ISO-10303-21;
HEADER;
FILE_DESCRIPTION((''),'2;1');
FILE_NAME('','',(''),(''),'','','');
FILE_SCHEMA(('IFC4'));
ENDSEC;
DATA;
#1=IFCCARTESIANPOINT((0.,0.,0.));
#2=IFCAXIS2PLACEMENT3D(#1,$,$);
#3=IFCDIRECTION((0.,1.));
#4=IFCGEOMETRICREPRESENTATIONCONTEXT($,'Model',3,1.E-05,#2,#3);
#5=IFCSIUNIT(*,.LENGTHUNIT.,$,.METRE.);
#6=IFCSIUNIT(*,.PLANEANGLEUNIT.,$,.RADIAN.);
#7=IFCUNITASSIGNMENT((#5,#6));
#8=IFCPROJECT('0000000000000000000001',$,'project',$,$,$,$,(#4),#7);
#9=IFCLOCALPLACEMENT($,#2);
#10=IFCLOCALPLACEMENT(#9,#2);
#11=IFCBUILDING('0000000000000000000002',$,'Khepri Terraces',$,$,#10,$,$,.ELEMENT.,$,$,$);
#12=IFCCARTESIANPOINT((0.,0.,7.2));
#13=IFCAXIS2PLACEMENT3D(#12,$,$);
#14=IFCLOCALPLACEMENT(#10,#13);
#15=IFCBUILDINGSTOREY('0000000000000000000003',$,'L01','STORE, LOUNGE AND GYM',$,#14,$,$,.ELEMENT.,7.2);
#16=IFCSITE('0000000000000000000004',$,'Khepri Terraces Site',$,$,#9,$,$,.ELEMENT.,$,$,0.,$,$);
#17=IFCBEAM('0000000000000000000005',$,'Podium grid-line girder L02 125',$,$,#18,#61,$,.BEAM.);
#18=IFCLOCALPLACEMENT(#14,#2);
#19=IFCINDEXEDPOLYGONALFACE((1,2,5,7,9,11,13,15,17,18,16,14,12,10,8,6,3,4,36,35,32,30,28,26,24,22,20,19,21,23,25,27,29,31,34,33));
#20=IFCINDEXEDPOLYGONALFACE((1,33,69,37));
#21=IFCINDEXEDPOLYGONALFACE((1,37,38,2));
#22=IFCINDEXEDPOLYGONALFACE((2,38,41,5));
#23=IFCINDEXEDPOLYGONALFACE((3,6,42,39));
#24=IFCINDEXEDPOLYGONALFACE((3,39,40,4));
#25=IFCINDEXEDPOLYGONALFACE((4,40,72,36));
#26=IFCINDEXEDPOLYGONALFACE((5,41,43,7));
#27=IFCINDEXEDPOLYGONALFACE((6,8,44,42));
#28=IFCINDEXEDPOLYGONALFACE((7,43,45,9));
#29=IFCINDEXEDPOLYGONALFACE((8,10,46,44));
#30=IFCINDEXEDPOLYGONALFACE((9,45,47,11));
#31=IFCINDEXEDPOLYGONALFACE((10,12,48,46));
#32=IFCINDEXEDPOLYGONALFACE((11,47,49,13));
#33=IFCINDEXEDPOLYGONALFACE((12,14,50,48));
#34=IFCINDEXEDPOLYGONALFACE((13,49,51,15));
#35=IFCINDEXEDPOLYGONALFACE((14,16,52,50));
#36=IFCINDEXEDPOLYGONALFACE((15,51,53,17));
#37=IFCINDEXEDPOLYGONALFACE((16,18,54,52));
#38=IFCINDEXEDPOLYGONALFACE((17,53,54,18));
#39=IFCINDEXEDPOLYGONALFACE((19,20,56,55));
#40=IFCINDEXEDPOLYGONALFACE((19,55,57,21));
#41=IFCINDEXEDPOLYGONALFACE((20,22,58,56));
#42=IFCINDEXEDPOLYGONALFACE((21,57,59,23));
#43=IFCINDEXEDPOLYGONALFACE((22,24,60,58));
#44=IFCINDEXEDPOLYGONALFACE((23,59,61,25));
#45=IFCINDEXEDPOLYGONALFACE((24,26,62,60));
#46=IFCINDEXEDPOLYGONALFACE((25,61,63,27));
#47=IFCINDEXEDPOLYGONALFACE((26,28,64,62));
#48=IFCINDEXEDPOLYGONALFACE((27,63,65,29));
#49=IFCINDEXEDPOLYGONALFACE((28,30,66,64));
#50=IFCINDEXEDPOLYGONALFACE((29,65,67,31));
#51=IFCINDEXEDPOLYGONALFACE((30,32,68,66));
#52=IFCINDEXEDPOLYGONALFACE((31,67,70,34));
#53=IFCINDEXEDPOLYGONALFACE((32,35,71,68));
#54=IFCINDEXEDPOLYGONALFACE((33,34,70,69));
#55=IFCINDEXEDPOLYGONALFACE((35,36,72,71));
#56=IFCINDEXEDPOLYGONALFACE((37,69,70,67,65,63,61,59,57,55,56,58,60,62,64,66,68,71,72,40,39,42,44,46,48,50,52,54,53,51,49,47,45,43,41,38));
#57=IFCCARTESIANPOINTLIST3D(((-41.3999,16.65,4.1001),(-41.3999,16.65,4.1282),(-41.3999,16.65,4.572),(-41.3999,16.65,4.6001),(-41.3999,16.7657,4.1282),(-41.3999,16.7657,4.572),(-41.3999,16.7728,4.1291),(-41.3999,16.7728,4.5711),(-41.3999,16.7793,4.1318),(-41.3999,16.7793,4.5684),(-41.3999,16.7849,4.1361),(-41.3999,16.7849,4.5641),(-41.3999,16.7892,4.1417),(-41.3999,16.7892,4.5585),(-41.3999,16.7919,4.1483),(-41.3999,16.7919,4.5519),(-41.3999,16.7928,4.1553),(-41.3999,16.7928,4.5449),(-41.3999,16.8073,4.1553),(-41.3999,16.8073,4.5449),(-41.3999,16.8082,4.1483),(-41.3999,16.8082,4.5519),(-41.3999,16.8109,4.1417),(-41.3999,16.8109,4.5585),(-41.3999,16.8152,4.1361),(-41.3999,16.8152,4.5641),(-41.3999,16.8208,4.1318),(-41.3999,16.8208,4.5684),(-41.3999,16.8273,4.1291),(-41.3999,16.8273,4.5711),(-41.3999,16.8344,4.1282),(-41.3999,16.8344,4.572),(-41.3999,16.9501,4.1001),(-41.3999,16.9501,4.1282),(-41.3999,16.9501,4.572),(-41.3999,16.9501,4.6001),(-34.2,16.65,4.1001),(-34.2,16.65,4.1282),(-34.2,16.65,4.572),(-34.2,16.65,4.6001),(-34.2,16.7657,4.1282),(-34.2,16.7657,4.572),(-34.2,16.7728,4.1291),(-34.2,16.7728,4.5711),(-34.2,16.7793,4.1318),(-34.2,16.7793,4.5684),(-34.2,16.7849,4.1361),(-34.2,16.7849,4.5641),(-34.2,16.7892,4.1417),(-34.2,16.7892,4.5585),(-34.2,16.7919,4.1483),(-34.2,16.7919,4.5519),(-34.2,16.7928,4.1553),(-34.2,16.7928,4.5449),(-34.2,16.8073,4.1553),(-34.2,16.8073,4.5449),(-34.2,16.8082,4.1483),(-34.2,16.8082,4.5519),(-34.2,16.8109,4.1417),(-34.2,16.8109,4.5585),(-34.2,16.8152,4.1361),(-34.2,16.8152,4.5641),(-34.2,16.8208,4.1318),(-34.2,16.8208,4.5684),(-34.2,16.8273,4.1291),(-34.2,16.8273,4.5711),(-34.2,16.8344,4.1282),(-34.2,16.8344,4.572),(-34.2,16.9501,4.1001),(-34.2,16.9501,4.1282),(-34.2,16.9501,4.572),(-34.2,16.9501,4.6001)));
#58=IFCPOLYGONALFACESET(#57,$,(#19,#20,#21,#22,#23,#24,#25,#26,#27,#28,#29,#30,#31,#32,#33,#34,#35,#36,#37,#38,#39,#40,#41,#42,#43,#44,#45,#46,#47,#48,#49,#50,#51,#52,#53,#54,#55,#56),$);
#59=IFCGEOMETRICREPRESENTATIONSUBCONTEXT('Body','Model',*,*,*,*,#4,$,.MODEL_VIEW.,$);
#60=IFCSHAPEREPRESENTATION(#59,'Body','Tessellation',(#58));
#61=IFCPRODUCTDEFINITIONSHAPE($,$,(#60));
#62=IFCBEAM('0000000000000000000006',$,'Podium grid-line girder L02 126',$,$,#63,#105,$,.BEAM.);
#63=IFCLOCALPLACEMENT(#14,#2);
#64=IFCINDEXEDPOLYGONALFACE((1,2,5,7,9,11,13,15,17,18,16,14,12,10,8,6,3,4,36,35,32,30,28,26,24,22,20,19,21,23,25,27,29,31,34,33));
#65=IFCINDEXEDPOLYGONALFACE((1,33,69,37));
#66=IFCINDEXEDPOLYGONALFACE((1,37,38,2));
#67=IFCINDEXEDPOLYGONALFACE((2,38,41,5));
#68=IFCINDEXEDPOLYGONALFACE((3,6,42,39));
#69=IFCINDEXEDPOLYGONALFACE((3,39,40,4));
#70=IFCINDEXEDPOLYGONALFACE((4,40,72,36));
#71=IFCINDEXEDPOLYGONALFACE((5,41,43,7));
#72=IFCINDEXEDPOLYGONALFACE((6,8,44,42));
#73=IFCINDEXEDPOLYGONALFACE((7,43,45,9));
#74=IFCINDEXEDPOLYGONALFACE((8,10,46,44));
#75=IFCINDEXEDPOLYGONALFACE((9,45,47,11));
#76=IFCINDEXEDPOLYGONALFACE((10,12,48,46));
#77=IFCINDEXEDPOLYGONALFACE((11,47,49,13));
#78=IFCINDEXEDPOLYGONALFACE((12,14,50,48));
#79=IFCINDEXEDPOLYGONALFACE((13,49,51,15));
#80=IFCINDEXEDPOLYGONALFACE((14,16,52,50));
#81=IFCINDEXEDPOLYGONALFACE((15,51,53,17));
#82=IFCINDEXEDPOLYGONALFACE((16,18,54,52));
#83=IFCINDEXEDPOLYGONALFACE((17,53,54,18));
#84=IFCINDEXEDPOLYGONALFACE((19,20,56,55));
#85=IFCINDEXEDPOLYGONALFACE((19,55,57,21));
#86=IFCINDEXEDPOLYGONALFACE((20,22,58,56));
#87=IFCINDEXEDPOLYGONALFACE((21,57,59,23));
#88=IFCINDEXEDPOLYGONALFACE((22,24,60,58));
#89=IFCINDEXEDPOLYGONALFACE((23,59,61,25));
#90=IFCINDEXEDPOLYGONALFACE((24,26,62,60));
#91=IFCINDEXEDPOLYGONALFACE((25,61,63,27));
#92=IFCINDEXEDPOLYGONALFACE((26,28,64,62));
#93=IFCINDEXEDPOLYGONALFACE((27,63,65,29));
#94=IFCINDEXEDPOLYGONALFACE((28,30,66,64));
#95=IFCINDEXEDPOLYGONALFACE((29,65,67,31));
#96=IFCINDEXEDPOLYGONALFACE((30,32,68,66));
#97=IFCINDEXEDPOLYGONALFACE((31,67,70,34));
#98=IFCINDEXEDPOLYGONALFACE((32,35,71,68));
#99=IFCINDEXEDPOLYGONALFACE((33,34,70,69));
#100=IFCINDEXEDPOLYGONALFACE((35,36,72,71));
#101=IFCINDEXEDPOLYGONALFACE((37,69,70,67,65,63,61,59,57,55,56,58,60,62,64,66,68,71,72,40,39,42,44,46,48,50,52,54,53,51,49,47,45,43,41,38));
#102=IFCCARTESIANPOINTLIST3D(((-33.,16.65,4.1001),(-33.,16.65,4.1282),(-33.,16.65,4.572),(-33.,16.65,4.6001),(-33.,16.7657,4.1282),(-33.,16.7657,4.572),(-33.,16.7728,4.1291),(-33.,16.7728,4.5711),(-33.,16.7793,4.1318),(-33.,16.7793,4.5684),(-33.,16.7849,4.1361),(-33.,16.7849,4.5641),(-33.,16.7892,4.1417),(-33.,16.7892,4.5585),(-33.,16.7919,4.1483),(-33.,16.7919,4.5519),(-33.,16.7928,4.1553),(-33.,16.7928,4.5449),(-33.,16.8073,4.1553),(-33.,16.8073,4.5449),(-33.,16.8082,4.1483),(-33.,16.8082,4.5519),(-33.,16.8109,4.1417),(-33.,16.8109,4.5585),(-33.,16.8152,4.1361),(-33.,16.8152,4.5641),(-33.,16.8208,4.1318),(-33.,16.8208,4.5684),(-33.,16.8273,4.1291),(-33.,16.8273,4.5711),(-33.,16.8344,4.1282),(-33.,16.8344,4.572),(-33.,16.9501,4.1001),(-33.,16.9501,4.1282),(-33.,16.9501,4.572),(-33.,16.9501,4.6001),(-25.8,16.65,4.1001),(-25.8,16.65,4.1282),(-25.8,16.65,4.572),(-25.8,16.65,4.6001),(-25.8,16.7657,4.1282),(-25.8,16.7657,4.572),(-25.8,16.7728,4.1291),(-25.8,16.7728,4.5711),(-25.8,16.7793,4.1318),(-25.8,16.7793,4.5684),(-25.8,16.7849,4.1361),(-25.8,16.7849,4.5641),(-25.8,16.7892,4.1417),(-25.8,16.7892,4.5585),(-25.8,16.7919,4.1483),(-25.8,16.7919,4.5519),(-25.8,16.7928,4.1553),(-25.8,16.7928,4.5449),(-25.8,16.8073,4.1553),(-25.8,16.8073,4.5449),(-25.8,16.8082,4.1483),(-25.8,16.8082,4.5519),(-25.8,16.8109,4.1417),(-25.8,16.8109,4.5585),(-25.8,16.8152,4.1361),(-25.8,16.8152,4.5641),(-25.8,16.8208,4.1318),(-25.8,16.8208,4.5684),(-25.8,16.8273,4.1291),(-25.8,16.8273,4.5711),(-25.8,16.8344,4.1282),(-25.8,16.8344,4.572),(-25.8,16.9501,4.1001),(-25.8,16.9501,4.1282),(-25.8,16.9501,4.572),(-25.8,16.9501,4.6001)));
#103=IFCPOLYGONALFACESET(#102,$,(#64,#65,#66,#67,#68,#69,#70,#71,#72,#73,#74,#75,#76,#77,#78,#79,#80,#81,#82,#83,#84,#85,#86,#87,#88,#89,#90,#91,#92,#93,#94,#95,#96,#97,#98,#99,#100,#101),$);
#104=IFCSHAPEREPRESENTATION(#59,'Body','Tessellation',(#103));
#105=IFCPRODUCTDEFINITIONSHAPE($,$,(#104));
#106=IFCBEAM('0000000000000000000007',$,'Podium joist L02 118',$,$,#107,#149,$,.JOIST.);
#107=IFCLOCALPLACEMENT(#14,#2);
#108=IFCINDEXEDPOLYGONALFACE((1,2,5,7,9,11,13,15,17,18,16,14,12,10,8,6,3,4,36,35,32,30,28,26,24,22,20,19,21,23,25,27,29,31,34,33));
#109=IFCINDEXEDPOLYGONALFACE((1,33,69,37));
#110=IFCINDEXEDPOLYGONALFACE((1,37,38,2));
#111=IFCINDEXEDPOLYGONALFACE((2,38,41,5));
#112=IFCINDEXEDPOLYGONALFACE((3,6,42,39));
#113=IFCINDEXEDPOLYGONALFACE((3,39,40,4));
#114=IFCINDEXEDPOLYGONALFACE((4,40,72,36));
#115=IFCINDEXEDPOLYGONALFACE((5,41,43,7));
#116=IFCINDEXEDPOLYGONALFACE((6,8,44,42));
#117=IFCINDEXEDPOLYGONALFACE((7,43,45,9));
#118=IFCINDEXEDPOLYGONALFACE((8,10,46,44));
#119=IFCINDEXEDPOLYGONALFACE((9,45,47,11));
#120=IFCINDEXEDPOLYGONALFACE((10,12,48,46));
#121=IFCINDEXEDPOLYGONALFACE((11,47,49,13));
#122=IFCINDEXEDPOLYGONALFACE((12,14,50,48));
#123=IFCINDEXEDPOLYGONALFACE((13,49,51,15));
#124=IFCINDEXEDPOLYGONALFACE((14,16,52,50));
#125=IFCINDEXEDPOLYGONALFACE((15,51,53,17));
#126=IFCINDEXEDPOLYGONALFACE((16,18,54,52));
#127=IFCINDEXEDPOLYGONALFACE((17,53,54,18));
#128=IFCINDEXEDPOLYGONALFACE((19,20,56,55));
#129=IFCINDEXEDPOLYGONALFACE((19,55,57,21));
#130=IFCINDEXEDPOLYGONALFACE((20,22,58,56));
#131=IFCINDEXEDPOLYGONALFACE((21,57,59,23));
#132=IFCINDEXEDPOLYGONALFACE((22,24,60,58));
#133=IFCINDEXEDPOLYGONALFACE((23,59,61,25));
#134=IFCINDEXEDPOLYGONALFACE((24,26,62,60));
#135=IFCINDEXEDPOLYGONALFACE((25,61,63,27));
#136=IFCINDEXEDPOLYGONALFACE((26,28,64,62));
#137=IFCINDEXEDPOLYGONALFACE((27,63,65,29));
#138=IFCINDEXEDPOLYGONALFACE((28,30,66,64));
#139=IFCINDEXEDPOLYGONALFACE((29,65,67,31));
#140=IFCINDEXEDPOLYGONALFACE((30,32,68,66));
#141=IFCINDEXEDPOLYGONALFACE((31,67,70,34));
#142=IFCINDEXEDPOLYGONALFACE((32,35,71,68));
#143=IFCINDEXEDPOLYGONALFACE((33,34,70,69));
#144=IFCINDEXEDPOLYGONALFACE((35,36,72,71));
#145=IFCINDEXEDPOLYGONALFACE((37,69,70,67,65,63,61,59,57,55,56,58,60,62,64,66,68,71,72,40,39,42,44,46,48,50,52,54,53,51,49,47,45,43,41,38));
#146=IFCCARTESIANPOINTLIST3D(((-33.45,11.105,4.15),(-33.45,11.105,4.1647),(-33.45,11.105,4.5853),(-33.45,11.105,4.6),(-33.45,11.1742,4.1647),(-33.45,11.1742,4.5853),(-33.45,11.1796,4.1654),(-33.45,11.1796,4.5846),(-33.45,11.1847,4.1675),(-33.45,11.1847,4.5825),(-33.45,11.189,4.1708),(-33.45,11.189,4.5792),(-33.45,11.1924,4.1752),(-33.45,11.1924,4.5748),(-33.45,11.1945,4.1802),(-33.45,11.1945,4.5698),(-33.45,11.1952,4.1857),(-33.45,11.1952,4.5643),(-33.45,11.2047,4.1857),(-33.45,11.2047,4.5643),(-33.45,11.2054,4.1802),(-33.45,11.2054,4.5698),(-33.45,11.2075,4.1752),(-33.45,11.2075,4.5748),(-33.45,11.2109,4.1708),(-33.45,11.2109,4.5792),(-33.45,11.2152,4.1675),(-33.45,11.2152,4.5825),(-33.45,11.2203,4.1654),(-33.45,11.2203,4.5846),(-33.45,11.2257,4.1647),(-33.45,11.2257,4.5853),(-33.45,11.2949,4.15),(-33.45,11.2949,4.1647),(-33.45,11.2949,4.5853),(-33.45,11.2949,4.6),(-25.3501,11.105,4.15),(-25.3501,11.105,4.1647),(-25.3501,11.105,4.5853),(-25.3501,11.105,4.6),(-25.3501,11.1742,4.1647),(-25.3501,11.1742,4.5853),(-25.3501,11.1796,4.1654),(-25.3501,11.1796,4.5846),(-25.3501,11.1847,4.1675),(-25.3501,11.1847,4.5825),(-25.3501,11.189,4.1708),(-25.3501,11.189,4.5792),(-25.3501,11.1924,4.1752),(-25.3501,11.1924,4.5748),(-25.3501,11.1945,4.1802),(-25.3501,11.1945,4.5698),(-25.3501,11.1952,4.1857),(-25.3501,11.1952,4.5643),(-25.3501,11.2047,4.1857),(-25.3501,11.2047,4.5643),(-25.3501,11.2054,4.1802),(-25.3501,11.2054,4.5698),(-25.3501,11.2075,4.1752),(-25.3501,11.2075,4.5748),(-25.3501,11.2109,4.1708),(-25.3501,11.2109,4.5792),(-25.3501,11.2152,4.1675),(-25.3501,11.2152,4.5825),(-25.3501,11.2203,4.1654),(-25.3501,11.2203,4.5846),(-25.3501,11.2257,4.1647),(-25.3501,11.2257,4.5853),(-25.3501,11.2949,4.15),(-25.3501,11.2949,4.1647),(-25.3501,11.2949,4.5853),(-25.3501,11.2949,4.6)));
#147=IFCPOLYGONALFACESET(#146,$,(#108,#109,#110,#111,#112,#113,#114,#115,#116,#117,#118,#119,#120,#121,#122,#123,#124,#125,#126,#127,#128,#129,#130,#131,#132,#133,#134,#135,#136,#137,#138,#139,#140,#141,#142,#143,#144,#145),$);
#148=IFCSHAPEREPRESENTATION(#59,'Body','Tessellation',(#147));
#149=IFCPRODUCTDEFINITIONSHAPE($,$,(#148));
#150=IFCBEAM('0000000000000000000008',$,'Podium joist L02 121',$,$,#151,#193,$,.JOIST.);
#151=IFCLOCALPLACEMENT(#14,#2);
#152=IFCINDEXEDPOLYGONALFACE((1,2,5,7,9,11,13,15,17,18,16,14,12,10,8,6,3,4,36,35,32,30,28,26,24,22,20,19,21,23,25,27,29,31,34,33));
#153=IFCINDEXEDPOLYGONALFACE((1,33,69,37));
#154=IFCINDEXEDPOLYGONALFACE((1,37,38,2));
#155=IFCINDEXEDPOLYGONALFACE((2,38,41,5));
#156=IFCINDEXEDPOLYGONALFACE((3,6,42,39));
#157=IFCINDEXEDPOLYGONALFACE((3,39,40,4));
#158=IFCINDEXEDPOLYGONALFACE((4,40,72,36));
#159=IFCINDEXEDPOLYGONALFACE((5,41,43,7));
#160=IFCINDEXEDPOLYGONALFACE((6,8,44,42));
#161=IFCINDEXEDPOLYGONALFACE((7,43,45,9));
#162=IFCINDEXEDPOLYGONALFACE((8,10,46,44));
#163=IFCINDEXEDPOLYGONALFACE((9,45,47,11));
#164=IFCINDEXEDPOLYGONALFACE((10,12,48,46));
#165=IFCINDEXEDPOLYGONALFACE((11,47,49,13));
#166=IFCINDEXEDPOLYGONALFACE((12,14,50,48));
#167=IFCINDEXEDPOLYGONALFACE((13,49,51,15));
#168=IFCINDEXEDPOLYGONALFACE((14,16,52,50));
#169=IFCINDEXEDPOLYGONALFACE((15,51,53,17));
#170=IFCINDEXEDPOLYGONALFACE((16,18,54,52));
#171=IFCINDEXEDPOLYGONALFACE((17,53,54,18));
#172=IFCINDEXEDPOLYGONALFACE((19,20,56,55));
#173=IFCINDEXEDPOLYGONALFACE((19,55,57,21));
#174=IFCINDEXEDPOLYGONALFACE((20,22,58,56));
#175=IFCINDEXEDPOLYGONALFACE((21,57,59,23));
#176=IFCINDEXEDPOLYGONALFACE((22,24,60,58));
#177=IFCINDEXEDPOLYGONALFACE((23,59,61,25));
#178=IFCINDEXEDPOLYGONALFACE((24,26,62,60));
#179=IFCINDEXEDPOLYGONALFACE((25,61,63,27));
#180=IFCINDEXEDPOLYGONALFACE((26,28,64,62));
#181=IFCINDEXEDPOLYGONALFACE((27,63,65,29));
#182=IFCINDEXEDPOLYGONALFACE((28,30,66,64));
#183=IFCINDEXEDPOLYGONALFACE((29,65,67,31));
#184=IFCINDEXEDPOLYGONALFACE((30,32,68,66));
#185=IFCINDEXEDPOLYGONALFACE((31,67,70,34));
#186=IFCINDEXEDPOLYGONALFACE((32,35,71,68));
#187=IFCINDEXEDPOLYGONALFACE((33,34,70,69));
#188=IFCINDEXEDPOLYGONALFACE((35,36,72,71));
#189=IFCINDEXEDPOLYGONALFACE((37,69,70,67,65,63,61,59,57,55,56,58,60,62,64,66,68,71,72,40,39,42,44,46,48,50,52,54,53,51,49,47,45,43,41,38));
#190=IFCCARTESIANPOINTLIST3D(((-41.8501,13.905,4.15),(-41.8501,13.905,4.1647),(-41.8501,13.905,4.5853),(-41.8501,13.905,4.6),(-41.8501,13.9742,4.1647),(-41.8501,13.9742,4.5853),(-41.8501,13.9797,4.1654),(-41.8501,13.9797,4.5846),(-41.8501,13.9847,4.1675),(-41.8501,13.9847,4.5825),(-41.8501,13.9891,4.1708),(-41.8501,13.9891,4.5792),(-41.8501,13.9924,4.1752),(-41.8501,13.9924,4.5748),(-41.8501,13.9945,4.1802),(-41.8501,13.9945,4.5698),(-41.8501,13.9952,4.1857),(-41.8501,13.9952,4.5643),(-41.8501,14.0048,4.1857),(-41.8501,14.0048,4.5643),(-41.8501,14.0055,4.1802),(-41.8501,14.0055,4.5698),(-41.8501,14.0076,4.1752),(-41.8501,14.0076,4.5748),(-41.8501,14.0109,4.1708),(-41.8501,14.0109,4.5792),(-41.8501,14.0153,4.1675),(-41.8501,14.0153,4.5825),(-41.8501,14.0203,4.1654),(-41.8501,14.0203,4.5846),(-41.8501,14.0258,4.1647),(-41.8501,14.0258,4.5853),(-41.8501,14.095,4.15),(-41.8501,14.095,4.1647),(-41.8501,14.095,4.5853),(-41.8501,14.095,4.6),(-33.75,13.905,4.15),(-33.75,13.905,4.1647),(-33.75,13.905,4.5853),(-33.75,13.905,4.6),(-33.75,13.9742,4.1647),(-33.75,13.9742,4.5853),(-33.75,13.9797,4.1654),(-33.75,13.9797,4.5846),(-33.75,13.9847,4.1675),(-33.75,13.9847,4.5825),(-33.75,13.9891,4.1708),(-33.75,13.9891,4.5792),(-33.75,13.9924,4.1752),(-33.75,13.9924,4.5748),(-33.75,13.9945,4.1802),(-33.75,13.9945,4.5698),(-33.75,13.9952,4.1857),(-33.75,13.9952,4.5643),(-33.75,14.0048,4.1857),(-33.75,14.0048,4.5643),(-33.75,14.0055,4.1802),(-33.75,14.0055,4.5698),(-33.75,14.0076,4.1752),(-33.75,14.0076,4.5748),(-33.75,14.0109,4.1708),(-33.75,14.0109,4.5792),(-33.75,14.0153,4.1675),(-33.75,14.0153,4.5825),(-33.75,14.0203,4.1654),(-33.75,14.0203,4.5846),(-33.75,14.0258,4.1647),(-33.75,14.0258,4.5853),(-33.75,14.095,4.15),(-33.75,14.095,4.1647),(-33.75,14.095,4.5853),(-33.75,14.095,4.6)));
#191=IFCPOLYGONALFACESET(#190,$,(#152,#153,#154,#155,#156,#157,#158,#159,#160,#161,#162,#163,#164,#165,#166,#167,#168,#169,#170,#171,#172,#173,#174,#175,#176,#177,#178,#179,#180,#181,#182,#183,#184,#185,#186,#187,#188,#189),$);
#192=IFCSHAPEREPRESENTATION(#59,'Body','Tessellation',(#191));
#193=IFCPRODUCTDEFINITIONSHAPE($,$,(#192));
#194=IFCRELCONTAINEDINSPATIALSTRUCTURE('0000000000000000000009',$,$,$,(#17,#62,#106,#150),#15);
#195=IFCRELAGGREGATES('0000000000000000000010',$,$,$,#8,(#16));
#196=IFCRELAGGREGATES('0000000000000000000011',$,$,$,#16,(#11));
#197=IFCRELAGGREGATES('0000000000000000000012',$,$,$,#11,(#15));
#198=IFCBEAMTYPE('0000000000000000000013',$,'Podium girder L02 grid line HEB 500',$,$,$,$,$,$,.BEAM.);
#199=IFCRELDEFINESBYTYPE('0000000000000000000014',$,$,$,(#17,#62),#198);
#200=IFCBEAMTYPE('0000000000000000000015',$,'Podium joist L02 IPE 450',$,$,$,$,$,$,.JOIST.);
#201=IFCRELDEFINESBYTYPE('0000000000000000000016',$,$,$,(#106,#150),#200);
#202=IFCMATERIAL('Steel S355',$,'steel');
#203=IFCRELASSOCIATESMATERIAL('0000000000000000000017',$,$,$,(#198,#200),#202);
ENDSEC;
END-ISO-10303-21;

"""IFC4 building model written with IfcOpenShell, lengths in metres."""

from ifc_helpers import new_model, si_unit, direction, frame, origin, origin_2d, place, context, subcontext, project, spatial, i_section, extrude, material, material_profile, profile_set, type_object, element, save


model = new_model("IFC4")

# Units and contexts
model_context = context("Model", 3, precision=1e-05, world=origin(), true_north=direction((0.0, 1.0)))
body_context = subcontext(model_context, "Body", "Model", "MODEL_VIEW")
ifc_project = project(units=[si_unit("LENGTHUNIT", "METRE"), si_unit("PLANEANGLEUNIT", "RADIAN")], contexts=[model_context])

# Site, building, storey
site_placement = place(None, origin())
site = spatial("IfcSite", under=ifc_project, at=site_placement, Name="Khepri Terraces Site", CompositionType="ELEMENT", RefElevation=0.0)
building_placement = place(site_placement, origin())
building = spatial("IfcBuilding", under=site, at=building_placement, Name="Khepri Terraces", CompositionType="ELEMENT")
storey_placement = place(building_placement, frame((0.0, 0.0, 7.2)))
storey = spatial("IfcBuildingStorey", under=building, at=storey_placement, Name="L01", Description="STORE, LOUNGE AND GYM", CompositionType="ELEMENT", Elevation=7.2)

# Beams
ifc_material_1 = material(Name="Steel S355", Category="steel")
ifc_material_profile_1 = material_profile(ifc_material_1, i_section(OverallWidth=0.3, OverallDepth=0.5, WebThickness=0.0144, FlangeThickness=0.0281, FilletRadius=0.0271, at=origin_2d()), Name="Steel S355", Category="steel")
ifc_profile_set_1 = profile_set([ifc_material_profile_1], Name="Steel S355")
beam_type_1 = type_object("IfcBeamType", Name="Podium girder L02 grid line HEB 500", PredefinedType="BEAM", material=ifc_profile_set_1)
for number, where, z_axis, x_axis, name in (
    (1, (-41.3999, 16.8, 4.3501), (1.0, 0.0, 0.0), (0.0, 1.0, 0.0), "Podium grid-line girder L02 125"),
    (2, (-33.0, 16.8, 4.3501), (1.0, 0.0, 0.0), (0.0, 1.0, 0.0), "Podium grid-line girder L02 126"),
):
    element("IfcBeam", number, at=place(storey_placement, frame(where, z_axis=z_axis, x_axis=x_axis)), inside=storey, type_object=beam_type_1, Name=name, PredefinedType="BEAM", context=body_context, shape_type="SweptSolid", body=[
        extrude(i_section(OverallWidth=0.3, OverallDepth=0.5, WebThickness=0.0144, FlangeThickness=0.0281, FilletRadius=0.0271, at=origin_2d()), origin(), (0.0, 0.0, 1.0), 7.2),
    ])
ifc_material_profile_2 = material_profile(ifc_material_1, i_section(OverallWidth=0.1899, OverallDepth=0.45, WebThickness=0.0095, FlangeThickness=0.0146, FilletRadius=0.021, at=origin_2d()), Name="Steel S355", Category="steel")
ifc_profile_set_2 = profile_set([ifc_material_profile_2], Name="Steel S355")
beam_type_2 = type_object("IfcBeamType", Name="Podium joist L02 IPE 450", PredefinedType="JOIST", material=ifc_profile_set_2)
beam_1_placement = place(storey_placement, frame((-33.45, 11.2, 4.375), z_axis=(1.0, 0.0, 0.0), x_axis=(0.0, 1.0, 0.0)))
element("IfcBeam", 3, at=beam_1_placement, inside=storey, type_object=beam_type_2, Name="Podium joist L02 118", PredefinedType="JOIST", context=body_context, shape_type="SweptSolid", body=[
    extrude(i_section(OverallWidth=0.1899, OverallDepth=0.45, WebThickness=0.0095, FlangeThickness=0.0146, FilletRadius=0.021, at=origin_2d()), origin(), (0.0, 0.0, 1.0), 8.0999),
])
beam_2_placement = place(storey_placement, frame((-41.8501, 14.0, 4.375), z_axis=(1.0, 0.0, 0.0), x_axis=(0.0, 1.0, 0.0)))
element("IfcBeam", 4, at=beam_2_placement, inside=storey, type_object=beam_type_2, Name="Podium joist L02 121", PredefinedType="JOIST", context=body_context, shape_type="SweptSolid", body=[
    extrude(i_section(OverallWidth=0.1899, OverallDepth=0.45, WebThickness=0.0095, FlangeThickness=0.0146, FilletRadius=0.021, at=origin_2d()), origin(), (0.0, 0.0, 1.0), 8.1001),
])

save(model, "model.ifc")
